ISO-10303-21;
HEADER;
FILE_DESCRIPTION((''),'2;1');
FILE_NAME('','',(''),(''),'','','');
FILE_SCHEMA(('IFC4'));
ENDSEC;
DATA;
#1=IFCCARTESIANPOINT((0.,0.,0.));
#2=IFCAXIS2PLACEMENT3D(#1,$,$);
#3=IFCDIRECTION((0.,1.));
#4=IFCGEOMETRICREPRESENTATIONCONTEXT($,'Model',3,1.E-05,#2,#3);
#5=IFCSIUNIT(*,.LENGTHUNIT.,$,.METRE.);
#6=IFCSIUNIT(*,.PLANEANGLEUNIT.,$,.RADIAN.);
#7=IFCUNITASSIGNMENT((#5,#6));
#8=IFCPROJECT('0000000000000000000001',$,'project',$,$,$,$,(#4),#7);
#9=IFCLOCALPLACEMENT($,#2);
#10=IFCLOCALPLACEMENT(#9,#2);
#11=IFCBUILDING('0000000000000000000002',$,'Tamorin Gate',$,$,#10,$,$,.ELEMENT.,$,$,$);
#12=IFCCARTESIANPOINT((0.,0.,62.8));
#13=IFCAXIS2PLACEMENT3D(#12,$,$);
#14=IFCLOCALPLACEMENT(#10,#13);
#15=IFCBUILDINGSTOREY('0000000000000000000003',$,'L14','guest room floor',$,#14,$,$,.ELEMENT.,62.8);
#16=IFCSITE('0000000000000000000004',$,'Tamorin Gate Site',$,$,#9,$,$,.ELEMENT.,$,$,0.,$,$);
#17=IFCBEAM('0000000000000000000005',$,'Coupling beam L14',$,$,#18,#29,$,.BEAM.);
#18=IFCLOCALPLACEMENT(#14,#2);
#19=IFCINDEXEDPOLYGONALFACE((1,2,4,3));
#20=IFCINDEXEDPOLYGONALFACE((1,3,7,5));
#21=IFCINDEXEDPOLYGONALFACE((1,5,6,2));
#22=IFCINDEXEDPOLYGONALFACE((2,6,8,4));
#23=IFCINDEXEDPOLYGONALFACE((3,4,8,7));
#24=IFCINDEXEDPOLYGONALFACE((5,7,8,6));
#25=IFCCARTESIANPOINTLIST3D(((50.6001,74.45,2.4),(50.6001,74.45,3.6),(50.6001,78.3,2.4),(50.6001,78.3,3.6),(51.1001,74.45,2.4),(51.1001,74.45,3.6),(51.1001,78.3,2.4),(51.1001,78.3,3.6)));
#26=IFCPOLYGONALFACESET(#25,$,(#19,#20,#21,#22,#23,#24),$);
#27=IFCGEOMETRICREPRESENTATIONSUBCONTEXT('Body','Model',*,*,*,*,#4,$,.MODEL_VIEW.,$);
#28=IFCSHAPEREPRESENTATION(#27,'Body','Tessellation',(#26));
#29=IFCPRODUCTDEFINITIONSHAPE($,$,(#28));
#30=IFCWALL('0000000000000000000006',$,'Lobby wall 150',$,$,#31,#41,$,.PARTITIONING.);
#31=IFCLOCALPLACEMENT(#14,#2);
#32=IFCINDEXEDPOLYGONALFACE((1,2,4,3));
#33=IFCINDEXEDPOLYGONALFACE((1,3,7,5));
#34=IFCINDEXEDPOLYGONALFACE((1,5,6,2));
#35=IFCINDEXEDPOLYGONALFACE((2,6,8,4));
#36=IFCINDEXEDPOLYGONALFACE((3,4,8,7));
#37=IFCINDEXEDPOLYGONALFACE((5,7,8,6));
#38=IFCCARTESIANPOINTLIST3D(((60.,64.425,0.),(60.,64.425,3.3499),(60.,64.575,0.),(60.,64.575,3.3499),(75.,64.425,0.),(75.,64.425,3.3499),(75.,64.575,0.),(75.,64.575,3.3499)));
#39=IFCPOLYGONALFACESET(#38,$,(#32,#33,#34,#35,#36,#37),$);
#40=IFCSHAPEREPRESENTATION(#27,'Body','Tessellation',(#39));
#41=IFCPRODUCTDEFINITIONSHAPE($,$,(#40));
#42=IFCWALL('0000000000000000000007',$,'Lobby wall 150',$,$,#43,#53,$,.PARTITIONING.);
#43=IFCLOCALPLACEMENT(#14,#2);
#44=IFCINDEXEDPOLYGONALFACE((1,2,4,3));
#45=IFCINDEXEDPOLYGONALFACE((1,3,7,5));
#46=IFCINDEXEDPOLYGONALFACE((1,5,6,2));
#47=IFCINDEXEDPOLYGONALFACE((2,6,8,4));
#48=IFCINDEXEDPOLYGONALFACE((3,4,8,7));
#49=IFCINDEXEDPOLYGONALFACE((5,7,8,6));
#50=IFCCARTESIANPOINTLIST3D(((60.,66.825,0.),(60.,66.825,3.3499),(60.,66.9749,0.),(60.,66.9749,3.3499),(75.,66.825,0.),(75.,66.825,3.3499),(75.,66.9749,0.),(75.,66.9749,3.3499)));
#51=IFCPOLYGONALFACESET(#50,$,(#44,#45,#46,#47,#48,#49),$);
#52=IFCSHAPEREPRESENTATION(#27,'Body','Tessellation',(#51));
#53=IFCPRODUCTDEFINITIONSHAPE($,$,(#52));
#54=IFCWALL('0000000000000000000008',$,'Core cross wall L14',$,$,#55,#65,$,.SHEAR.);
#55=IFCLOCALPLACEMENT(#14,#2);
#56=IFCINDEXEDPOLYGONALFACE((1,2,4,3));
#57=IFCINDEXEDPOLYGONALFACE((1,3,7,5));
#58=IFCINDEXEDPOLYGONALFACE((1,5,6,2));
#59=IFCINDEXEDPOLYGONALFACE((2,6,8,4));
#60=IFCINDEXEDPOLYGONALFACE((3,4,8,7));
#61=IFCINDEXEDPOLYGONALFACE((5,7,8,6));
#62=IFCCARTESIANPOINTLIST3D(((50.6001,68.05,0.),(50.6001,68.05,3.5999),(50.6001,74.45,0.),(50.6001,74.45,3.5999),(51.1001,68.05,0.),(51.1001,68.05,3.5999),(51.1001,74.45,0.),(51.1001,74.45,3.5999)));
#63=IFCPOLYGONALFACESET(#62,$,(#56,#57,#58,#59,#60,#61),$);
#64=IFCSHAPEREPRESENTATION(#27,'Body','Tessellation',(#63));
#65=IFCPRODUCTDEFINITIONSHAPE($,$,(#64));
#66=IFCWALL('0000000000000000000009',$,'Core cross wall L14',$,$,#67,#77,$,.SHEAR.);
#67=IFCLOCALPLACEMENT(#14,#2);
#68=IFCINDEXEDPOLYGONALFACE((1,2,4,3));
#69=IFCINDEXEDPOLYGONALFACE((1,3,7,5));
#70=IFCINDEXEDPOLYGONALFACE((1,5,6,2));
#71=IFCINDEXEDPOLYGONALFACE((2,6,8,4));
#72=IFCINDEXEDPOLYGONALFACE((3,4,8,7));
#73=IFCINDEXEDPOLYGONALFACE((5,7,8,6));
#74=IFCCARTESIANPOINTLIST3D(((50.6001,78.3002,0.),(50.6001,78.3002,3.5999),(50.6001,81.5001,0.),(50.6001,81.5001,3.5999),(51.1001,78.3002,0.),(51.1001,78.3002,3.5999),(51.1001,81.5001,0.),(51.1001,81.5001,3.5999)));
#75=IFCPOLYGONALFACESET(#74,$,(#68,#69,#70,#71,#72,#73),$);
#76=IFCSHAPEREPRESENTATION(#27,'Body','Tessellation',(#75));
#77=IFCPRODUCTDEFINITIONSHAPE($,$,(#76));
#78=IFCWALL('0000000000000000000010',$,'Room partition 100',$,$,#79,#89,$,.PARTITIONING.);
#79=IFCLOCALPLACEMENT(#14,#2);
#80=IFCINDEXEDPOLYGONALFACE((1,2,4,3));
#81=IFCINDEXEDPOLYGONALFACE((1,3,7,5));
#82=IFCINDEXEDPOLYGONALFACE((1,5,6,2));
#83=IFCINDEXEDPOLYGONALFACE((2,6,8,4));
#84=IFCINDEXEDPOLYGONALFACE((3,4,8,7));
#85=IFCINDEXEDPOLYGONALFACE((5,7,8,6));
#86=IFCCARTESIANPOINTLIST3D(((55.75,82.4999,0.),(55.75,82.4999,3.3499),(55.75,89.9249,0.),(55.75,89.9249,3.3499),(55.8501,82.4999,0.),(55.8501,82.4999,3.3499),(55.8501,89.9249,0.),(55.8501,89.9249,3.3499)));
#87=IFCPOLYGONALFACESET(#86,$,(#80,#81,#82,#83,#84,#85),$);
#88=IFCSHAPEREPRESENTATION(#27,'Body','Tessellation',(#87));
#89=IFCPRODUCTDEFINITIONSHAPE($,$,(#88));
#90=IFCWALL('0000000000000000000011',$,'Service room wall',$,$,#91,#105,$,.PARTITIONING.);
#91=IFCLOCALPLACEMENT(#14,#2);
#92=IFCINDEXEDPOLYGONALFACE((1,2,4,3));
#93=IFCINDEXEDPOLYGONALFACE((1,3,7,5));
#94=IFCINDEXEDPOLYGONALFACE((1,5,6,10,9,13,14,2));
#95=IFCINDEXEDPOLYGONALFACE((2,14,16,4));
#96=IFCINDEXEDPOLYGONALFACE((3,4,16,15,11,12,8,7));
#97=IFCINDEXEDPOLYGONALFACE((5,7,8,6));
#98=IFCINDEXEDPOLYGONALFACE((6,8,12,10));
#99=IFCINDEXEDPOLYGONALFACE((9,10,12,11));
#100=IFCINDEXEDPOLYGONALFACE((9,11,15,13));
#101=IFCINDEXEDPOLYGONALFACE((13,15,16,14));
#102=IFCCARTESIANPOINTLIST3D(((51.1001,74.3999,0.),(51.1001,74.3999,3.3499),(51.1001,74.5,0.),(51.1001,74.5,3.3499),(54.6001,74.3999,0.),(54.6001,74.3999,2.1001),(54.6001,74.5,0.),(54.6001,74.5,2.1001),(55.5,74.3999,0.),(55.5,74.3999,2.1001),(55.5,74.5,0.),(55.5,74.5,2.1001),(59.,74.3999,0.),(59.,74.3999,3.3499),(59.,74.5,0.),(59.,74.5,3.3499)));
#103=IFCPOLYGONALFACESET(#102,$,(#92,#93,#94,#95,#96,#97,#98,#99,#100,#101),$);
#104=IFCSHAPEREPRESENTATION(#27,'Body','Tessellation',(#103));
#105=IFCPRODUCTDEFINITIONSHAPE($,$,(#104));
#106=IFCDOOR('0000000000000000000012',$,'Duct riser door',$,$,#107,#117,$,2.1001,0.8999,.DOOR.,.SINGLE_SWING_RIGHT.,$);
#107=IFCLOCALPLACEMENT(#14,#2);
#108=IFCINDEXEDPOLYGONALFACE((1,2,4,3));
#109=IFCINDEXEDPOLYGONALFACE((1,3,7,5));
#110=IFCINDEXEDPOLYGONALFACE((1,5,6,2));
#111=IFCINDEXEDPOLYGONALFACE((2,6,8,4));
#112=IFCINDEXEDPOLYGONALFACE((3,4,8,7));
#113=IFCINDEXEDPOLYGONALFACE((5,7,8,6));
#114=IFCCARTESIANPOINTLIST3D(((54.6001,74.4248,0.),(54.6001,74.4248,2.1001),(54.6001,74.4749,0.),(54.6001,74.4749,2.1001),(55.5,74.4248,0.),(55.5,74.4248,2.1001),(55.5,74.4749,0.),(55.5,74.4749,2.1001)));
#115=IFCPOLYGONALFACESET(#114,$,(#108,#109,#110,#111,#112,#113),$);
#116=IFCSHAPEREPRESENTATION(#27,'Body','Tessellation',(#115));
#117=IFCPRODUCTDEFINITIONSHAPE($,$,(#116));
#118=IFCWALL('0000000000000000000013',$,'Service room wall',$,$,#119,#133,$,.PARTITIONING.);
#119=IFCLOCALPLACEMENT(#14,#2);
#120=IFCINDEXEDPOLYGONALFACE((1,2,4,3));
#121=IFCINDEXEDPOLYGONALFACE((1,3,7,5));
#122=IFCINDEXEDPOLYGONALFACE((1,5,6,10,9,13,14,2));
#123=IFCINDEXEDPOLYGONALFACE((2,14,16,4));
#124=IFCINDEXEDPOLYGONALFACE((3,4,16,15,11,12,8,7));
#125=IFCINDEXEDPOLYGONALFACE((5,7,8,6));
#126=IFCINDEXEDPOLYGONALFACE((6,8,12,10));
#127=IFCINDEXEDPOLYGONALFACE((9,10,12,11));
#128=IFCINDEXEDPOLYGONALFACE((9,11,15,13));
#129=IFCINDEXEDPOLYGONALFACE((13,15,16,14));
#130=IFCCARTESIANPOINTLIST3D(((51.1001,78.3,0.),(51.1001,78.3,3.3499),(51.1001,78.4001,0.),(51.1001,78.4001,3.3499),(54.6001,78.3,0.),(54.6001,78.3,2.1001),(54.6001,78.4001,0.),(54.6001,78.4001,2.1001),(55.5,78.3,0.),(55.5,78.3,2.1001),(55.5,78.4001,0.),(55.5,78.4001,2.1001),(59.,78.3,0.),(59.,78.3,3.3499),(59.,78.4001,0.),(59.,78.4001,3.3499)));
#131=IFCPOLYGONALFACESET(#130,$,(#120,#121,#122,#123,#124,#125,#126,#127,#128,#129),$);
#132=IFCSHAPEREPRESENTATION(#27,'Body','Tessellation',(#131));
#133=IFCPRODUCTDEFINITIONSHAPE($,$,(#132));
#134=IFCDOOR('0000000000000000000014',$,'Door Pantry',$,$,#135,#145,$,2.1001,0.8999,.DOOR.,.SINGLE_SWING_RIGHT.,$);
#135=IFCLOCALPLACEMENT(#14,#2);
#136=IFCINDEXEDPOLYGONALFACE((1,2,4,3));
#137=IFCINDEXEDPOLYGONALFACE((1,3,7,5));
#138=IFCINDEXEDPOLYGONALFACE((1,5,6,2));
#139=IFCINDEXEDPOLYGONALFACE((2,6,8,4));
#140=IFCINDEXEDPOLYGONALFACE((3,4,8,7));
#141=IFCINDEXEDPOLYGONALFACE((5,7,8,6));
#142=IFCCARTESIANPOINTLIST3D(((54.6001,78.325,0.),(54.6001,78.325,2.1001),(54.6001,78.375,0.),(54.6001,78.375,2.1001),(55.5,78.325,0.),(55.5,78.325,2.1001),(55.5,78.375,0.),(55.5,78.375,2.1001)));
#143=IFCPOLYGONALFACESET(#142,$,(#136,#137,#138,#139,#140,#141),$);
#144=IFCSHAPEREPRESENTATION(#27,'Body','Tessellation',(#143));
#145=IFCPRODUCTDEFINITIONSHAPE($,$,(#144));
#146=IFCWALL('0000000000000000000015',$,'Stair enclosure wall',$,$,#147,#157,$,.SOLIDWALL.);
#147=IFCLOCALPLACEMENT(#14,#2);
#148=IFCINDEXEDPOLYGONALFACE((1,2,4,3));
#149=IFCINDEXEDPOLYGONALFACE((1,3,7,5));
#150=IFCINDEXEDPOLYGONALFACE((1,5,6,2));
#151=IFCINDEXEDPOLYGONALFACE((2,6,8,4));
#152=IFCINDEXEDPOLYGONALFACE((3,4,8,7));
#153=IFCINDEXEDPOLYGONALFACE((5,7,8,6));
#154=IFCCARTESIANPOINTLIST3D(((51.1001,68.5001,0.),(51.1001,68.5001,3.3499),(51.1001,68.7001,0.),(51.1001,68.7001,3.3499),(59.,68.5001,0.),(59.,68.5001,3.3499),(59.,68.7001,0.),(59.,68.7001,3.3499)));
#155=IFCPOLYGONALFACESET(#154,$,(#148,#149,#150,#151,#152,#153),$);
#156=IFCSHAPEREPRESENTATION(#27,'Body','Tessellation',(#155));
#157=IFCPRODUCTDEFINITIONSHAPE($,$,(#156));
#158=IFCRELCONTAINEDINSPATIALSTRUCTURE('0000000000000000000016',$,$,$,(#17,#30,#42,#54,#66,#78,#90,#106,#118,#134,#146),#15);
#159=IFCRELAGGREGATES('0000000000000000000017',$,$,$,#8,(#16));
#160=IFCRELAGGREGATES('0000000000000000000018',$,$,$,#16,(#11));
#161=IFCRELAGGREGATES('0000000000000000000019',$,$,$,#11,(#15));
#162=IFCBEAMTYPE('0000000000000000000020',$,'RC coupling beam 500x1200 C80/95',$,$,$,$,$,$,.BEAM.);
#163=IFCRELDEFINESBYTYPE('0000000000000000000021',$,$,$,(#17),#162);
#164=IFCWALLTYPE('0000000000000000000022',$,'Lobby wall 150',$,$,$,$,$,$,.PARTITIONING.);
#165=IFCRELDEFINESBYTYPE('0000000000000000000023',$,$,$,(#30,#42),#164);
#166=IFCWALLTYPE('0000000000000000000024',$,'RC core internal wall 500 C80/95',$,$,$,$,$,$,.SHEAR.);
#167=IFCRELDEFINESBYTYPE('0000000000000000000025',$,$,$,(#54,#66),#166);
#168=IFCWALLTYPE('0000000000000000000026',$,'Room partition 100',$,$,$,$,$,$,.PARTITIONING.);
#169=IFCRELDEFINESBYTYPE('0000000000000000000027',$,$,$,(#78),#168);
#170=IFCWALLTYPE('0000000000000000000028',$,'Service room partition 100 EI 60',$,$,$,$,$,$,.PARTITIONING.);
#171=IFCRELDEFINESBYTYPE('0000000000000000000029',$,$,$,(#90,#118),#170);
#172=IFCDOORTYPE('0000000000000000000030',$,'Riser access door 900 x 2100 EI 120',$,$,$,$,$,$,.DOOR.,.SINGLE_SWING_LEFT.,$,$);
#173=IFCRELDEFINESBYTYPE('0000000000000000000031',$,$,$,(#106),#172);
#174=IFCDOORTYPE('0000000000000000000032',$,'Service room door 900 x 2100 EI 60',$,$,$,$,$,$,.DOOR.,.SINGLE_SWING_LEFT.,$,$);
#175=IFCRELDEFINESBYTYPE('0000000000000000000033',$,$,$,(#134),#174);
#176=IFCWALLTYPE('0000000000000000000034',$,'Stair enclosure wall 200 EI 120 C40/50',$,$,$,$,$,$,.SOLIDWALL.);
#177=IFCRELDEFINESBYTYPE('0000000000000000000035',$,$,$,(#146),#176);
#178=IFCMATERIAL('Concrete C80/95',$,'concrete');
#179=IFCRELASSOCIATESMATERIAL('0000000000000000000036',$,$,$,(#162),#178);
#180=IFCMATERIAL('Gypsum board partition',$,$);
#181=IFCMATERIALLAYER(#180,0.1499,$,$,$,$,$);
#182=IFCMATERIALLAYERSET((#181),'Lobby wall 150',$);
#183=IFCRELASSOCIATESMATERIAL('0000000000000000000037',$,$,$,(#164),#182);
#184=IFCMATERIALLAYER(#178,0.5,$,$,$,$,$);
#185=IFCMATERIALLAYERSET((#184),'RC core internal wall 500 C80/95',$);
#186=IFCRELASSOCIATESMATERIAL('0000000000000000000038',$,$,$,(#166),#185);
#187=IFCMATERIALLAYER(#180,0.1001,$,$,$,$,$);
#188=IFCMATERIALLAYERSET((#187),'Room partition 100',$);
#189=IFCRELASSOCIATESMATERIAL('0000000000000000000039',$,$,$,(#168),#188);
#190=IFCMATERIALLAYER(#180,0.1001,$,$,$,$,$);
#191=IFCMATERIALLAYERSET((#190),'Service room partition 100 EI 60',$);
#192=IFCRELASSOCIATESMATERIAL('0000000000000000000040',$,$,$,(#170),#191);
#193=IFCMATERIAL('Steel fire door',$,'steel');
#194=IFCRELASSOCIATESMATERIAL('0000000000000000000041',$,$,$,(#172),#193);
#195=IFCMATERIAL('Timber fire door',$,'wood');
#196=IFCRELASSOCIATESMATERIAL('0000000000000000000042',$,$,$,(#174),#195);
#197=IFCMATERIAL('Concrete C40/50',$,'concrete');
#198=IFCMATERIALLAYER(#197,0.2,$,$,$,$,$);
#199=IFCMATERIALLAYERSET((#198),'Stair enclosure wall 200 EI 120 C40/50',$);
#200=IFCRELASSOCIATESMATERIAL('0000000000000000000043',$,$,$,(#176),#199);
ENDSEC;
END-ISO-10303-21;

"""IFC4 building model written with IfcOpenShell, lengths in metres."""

from ifc_helpers import new_model, si_unit, direction, frame, frame_2d, origin, origin_2d, place, context, subcontext, project, spatial, rectangle, extrude, material, layer, layer_set, material_profile, profile_set, type_object, element, fill, save


model = new_model("IFC4")

# Units and contexts
model_context = context("Model", 3, precision=1e-05, world=origin(), true_north=direction((0.0, 1.0)))
body_context = subcontext(model_context, "Body", "Model", "MODEL_VIEW")
ifc_project = project(units=[si_unit("LENGTHUNIT", "METRE"), si_unit("PLANEANGLEUNIT", "RADIAN")], contexts=[model_context])

# Site, building, storey
site_placement = place(None, origin())
site = spatial("IfcSite", under=ifc_project, at=site_placement, Name="Tamorin Gate Site", CompositionType="ELEMENT", RefElevation=0.0)
building_placement = place(site_placement, origin())
building = spatial("IfcBuilding", under=site, at=building_placement, Name="Tamorin Gate", CompositionType="ELEMENT")
storey_placement = place(building_placement, frame((0.0, 0.0, 62.8)))
storey = spatial("IfcBuildingStorey", under=building, at=storey_placement, Name="L14", Description="guest room floor", CompositionType="ELEMENT", Elevation=62.8)

# Beam
ifc_material_1 = material(Name="Concrete C80/95", Category="concrete")
ifc_material_profile = material_profile(ifc_material_1, rectangle(XDim=0.5, YDim=1.2, at=origin_2d()), Name="RC 500x1200")
ifc_profile_set = profile_set([ifc_material_profile], Name="Concrete C80/95")
beam_type = type_object("IfcBeamType", Name="RC coupling beam 500x1200 C80/95", PredefinedType="BEAM", material=ifc_profile_set)
beam_placement = place(storey_placement, frame((50.8501, 74.45, 3.0), z_axis=(0.0, 1.0, 0.0), x_axis=(-1.0, 0.0, 0.0)))
element("IfcBeam", 1, at=beam_placement, inside=storey, type_object=beam_type, Name="Coupling beam L14", PredefinedType="BEAM", context=body_context, shape_type="SweptSolid", body=[
    extrude(rectangle(XDim=0.5, YDim=1.2, at=origin_2d()), origin(), (0.0, 0.0, 1.0), 3.8501),
])

# Walls
ifc_material_2 = material(Name="Gypsum board partition")
ifc_layer_1 = layer(ifc_material_2, 0.1499)
ifc_layer_set_1 = layer_set([ifc_layer_1], Name="Lobby wall 150")
wall_type_1 = type_object("IfcWallType", Name="Lobby wall 150", PredefinedType="PARTITIONING", material=ifc_layer_set_1)
for number, where, z_axis, x_axis, name in (
    (2, (60.0, 64.5, 0.0), (0.0, 0.0, 1.0), (1.0, 0.0, 0.0), "Lobby wall 150"),
    (3, (60.0, 66.8999, 0.0), (0.0, 0.0, 1.0), (1.0, 0.0, 0.0), "Lobby wall 150"),
):
    element("IfcWall", number, at=place(storey_placement, frame(where, z_axis=z_axis, x_axis=x_axis)), inside=storey, type_object=wall_type_1, Name=name, PredefinedType="PARTITIONING", context=body_context, shape_type="SweptSolid", body=[
        extrude(rectangle(XDim=15.0, YDim=0.1499, at=frame_2d((7.5, 0.0))), origin(), (0.0, 0.0, 1.0), 3.3499),
    ])
ifc_layer_2 = layer(ifc_material_1, 0.5)
ifc_layer_set_2 = layer_set([ifc_layer_2], Name="RC core internal wall 500 C80/95")
wall_type_2 = type_object("IfcWallType", Name="RC core internal wall 500 C80/95", PredefinedType="SHEAR", material=ifc_layer_set_2)
wall_1_placement = place(storey_placement, frame((50.8501, 68.05, 0.0), z_axis=(0.0, 0.0, 1.0), x_axis=(0.0, 1.0, 0.0)))
element("IfcWall", 4, at=wall_1_placement, inside=storey, type_object=wall_type_2, Name="Core cross wall L14", PredefinedType="SHEAR", context=body_context, shape_type="SweptSolid", body=[
    extrude(rectangle(XDim=6.3999, YDim=0.5, at=frame_2d((3.2, 0.0))), origin(), (0.0, 0.0, 1.0), 3.5999),
])
wall_2_placement = place(storey_placement, frame((50.8501, 78.3, 0.0), z_axis=(0.0, 0.0, 1.0), x_axis=(0.0, 1.0, 0.0)))
element("IfcWall", 5, at=wall_2_placement, inside=storey, type_object=wall_type_2, Name="Core cross wall L14", PredefinedType="SHEAR", context=body_context, shape_type="SweptSolid", body=[
    extrude(rectangle(XDim=3.2, YDim=0.5, at=frame_2d((1.6001, 0.0))), origin(), (0.0, 0.0, 1.0), 3.5999),
])
ifc_layer_3 = layer(ifc_material_2, 0.1001)
ifc_layer_set_3 = layer_set([ifc_layer_3], Name="Room partition 100")
wall_type_3 = type_object("IfcWallType", Name="Room partition 100", PredefinedType="PARTITIONING", material=ifc_layer_set_3)
wall_3_placement = place(storey_placement, frame((55.8, 82.5, 0.0), z_axis=(0.0, 0.0, 1.0), x_axis=(0.0, 1.0, 0.0)))
element("IfcWall", 6, at=wall_3_placement, inside=storey, type_object=wall_type_3, Name="Room partition 100", PredefinedType="PARTITIONING", context=body_context, shape_type="SweptSolid", body=[
    extrude(rectangle(XDim=7.425, YDim=0.1001, at=frame_2d((3.7124, 0.0))), origin(), (0.0, 0.0, 1.0), 3.3499),
])

# Walls, openings, doors
ifc_layer_4 = layer(ifc_material_2, 0.1001)
ifc_layer_set_4 = layer_set([ifc_layer_4], Name="Service room partition 100 EI 60")
wall_type_4 = type_object("IfcWallType", Name="Service room partition 100 EI 60", PredefinedType="PARTITIONING", material=ifc_layer_set_4)
wall_4_placement = place(storey_placement, frame((51.1001, 74.45, 0.0), z_axis=(0.0, 0.0, 1.0), x_axis=(1.0, 0.0, 0.0)))
wall_4 = element("IfcWall", 7, at=wall_4_placement, inside=storey, type_object=wall_type_4, Name="Service room wall", PredefinedType="PARTITIONING", context=body_context, shape_type="SweptSolid", body=[
    extrude(rectangle(XDim=7.8999, YDim=0.1001, at=frame_2d((3.95, 0.0))), origin(), (0.0, 0.0, 1.0), 3.3499),
])
opening_1_placement = place(wall_4_placement, frame((3.5, 0.0, 0.0)))
opening_1 = element("IfcOpeningElement", 8, at=opening_1_placement, cuts=wall_4, PredefinedType="OPENING", context=body_context, shape_type="SweptSolid", body=[
    extrude(rectangle(XDim=0.8999, YDim=2.1001, at=frame_2d((0.45, 1.05))), frame((0.0, 0.0601, 0.0), z_axis=(0.0, -1.0, 0.0), x_axis=(1.0, 0.0, 0.0)), (0.0, 0.0, 1.0), 0.1201),
])
ifc_material_3 = material(Name="Steel fire door", Category="steel")
door_type_1 = type_object("IfcDoorType", Name="Riser access door 900 x 2100 EI 120", OperationType="SINGLE_SWING_LEFT", PredefinedType="DOOR", material=ifc_material_3)
door_1_placement = place(opening_1_placement, origin())
door_1 = element("IfcDoor", 9, at=door_1_placement, inside=storey, type_object=door_type_1, Name="Duct riser door", OperationType="SINGLE_SWING_RIGHT", OverallHeight=2.1001, OverallWidth=0.8999, PredefinedType="DOOR", context=body_context, shape_type="SweptSolid", body=[
    extrude(rectangle(XDim=0.8999, YDim=2.1001, at=frame_2d((0.45, 1.05))), frame((0.0, 0.0249, 0.0), z_axis=(0.0, -1.0, 0.0), x_axis=(1.0, 0.0, 0.0)), (0.0, 0.0, 1.0), 0.05),
])
fill(opening_1, door_1)
wall_5_placement = place(storey_placement, frame((51.1001, 78.3501, 0.0), z_axis=(0.0, 0.0, 1.0), x_axis=(1.0, 0.0, 0.0)))
wall_5 = element("IfcWall", 10, at=wall_5_placement, inside=storey, type_object=wall_type_4, Name="Service room wall", PredefinedType="PARTITIONING", context=body_context, shape_type="SweptSolid", body=[
    extrude(rectangle(XDim=7.8999, YDim=0.1001, at=frame_2d((3.95, 0.0))), origin(), (0.0, 0.0, 1.0), 3.3499),
])
opening_2_placement = place(wall_5_placement, frame((3.5, 0.0, 0.0)))
opening_2 = element("IfcOpeningElement", 11, at=opening_2_placement, cuts=wall_5, PredefinedType="OPENING", context=body_context, shape_type="SweptSolid", body=[
    extrude(rectangle(XDim=0.8999, YDim=2.1001, at=frame_2d((0.45, 1.05))), frame((0.0, 0.0601, 0.0), z_axis=(0.0, -1.0, 0.0), x_axis=(1.0, 0.0, 0.0)), (0.0, 0.0, 1.0), 0.1201),
])
ifc_material_4 = material(Name="Timber fire door", Category="wood")
door_type_2 = type_object("IfcDoorType", Name="Service room door 900 x 2100 EI 60", OperationType="SINGLE_SWING_LEFT", PredefinedType="DOOR", material=ifc_material_4)
door_2_placement = place(opening_2_placement, origin())
door_2 = element("IfcDoor", 12, at=door_2_placement, inside=storey, type_object=door_type_2, Name="Door Pantry", OperationType="SINGLE_SWING_RIGHT", OverallHeight=2.1001, OverallWidth=0.8999, PredefinedType="DOOR", context=body_context, shape_type="SweptSolid", body=[
    extrude(rectangle(XDim=0.8999, YDim=2.1001, at=frame_2d((0.45, 1.05))), frame((0.0, 0.0249, 0.0), z_axis=(0.0, -1.0, 0.0), x_axis=(1.0, 0.0, 0.0)), (0.0, 0.0, 1.0), 0.05),
])
fill(opening_2, door_2)

# Wall
ifc_material_5 = material(Name="Concrete C40/50", Category="concrete")
ifc_layer_5 = layer(ifc_material_5, 0.2)
ifc_layer_set_5 = layer_set([ifc_layer_5], Name="Stair enclosure wall 200 EI 120 C40/50")
wall_type_5 = type_object("IfcWallType", Name="Stair enclosure wall 200 EI 120 C40/50", PredefinedType="SOLIDWALL", material=ifc_layer_set_5)
wall_6_placement = place(storey_placement, frame((51.1001, 68.6001, 0.0), z_axis=(0.0, 0.0, 1.0), x_axis=(1.0, 0.0, 0.0)))
element("IfcWall", 13, at=wall_6_placement, inside=storey, type_object=wall_type_5, Name="Stair enclosure wall", PredefinedType="SOLIDWALL", context=body_context, shape_type="SweptSolid", body=[
    extrude(rectangle(XDim=7.8999, YDim=0.2, at=frame_2d((3.95, 0.0))), origin(), (0.0, 0.0, 1.0), 3.3499),
])

save(model, "model.ifc")
